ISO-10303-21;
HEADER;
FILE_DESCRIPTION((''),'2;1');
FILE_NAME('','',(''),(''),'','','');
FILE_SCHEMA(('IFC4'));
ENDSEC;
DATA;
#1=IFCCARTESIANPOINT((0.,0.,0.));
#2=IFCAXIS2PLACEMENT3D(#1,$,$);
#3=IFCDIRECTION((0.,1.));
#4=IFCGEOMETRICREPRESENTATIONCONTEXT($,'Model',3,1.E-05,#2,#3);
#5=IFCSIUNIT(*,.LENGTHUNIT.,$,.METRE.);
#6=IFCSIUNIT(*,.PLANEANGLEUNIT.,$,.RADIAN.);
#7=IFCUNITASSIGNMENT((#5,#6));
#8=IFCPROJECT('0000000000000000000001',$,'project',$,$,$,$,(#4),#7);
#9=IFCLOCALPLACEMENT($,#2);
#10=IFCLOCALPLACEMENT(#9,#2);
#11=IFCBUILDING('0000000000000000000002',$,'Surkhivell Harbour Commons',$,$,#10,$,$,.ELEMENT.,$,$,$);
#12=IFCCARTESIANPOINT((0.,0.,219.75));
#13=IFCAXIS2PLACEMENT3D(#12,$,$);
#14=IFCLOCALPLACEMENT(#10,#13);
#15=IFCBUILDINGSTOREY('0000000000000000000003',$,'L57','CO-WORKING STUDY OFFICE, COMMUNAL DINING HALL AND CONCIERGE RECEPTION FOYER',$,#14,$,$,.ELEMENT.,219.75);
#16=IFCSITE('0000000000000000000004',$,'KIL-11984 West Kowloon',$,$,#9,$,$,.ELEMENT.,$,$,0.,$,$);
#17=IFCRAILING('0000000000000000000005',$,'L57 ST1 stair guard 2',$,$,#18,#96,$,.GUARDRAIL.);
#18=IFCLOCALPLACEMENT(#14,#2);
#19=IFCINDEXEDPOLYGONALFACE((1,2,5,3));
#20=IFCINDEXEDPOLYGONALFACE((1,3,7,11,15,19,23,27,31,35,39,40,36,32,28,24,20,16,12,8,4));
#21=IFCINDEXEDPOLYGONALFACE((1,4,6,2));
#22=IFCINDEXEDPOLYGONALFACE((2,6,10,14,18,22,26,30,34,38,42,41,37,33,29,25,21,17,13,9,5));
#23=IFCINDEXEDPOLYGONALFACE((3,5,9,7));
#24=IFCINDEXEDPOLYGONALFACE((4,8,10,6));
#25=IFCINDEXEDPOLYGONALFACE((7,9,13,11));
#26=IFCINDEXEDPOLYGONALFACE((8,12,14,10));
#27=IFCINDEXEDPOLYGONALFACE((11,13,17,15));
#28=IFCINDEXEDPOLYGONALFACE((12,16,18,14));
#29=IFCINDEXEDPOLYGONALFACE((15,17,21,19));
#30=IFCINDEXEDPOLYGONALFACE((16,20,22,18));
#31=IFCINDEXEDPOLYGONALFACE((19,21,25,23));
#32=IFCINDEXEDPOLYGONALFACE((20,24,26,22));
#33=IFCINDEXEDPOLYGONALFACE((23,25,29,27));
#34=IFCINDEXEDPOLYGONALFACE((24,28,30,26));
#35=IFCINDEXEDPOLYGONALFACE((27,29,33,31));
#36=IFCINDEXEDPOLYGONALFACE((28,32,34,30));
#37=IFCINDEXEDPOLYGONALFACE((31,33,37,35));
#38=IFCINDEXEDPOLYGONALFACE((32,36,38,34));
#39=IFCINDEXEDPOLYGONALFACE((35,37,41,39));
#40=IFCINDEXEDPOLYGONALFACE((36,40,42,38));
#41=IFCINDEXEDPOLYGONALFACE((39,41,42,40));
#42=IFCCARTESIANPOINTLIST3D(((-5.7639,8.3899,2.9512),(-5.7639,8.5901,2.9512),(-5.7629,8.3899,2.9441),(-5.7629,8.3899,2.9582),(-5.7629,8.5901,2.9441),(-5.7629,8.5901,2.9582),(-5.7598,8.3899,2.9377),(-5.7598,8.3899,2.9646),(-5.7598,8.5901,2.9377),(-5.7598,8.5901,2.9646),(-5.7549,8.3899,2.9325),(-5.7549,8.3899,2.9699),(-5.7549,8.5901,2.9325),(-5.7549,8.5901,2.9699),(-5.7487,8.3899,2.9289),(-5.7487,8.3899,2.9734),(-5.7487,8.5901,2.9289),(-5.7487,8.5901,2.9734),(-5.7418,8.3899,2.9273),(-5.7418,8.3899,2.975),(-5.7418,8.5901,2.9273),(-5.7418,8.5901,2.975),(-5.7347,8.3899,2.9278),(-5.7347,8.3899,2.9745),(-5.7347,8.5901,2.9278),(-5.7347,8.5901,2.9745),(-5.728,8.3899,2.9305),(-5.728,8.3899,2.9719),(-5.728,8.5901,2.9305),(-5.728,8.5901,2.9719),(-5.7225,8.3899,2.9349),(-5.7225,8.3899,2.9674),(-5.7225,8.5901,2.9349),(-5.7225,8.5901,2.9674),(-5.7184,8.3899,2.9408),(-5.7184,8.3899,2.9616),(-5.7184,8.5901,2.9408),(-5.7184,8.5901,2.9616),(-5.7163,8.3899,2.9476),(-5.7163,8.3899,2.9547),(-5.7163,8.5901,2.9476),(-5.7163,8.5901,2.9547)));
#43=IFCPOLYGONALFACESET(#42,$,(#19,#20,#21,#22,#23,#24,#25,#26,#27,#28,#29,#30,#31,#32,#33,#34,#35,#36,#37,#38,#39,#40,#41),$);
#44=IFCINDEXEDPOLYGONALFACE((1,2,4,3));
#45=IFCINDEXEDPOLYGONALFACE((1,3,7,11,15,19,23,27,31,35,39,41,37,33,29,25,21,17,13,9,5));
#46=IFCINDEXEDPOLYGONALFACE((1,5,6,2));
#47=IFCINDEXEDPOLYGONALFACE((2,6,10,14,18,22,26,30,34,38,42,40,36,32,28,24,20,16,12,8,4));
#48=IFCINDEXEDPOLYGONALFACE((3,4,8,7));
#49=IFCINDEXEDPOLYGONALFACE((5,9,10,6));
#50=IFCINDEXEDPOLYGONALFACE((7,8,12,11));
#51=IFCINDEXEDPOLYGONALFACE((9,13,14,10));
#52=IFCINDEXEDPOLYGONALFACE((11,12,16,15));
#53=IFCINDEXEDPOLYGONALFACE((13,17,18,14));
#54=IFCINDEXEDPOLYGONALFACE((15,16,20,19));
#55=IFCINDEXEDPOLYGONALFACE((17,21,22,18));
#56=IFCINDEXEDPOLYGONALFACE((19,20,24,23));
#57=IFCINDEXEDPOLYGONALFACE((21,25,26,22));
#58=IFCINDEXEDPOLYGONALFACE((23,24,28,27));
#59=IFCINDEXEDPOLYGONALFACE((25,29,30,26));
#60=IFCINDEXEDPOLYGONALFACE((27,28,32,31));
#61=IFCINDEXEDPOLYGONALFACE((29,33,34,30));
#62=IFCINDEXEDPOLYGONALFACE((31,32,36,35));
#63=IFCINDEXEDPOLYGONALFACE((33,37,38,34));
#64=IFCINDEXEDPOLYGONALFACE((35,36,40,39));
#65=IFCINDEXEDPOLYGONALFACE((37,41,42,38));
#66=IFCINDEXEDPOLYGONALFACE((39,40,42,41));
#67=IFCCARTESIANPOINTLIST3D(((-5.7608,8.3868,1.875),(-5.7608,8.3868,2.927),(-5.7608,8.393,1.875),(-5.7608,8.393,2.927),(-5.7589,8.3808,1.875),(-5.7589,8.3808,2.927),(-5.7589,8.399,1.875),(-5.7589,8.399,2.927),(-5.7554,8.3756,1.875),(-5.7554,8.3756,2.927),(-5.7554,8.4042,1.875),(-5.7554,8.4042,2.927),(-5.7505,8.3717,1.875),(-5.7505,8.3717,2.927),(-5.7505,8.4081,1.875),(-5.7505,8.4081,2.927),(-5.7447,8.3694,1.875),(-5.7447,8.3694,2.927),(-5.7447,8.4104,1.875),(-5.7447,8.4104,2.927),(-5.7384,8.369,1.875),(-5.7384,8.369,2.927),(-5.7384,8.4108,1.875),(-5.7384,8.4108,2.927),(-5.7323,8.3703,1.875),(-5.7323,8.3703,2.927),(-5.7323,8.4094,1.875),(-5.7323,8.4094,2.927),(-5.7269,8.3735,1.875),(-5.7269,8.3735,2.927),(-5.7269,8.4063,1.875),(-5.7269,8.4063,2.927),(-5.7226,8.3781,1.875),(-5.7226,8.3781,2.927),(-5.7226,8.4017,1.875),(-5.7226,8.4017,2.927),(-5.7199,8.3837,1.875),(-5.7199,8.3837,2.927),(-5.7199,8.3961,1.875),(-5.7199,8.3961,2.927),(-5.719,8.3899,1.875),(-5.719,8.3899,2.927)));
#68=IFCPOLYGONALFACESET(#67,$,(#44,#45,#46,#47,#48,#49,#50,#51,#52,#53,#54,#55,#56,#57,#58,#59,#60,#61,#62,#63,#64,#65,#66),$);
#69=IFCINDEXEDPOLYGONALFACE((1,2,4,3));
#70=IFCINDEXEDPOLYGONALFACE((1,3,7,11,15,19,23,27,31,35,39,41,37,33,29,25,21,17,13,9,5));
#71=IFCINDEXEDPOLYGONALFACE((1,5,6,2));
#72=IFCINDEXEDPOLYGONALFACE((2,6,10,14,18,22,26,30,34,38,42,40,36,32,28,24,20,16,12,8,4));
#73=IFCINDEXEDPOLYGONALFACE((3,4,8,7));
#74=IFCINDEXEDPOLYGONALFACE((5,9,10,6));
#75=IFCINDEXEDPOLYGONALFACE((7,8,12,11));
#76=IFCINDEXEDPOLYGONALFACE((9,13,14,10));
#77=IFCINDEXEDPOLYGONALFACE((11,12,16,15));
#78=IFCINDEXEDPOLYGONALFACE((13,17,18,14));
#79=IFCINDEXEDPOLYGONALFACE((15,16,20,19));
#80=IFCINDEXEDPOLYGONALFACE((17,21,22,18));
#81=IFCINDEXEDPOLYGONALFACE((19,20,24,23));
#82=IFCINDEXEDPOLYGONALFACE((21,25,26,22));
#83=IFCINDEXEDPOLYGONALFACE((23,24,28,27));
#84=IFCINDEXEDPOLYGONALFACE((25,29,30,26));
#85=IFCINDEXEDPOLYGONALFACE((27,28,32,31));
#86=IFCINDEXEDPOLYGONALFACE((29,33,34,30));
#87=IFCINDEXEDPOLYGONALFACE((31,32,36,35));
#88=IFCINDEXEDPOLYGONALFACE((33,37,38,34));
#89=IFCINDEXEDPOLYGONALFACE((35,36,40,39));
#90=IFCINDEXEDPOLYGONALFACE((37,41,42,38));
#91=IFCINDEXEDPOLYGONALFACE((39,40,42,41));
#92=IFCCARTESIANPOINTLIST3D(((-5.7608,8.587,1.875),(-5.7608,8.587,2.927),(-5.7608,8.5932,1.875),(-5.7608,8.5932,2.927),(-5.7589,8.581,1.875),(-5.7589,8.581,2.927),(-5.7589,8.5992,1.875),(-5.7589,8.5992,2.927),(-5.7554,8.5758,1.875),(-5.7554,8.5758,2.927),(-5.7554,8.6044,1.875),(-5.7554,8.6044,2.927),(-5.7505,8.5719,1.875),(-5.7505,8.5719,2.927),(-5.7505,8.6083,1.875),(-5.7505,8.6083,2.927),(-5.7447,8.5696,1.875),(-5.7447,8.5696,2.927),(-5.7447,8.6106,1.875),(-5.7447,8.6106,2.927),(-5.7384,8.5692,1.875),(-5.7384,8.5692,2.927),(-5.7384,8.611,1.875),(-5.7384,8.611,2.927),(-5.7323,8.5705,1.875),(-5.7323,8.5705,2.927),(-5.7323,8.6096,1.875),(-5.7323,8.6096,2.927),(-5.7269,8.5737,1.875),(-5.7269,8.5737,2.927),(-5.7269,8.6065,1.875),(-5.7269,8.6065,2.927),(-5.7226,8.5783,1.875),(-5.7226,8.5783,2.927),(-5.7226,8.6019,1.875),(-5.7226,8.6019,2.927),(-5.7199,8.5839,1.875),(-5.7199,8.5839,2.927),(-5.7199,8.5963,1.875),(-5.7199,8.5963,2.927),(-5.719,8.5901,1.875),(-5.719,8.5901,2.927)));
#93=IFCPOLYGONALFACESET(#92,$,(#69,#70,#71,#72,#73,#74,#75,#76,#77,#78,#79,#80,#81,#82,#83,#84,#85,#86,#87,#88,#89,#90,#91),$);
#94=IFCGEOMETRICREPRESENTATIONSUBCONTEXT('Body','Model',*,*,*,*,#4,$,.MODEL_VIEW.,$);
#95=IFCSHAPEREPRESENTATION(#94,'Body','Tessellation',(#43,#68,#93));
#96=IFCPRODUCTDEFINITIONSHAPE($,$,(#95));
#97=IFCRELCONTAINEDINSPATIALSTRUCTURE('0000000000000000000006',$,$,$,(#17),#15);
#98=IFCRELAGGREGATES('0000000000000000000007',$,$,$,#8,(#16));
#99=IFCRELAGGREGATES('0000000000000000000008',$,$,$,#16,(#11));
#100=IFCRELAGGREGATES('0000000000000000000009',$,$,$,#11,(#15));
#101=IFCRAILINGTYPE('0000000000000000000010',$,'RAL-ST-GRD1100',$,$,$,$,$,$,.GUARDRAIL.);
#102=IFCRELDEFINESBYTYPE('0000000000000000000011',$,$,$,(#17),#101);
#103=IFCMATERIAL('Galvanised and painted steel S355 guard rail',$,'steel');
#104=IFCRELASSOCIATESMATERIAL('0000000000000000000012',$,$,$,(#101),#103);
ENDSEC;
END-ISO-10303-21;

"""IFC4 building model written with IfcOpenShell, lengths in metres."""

from ifc_helpers import new_model, si_unit, direction, frame, origin, origin_2d, place, context, subcontext, project, spatial, circle, extrude, material, type_object, element, save


model = new_model("IFC4")

# Units and contexts
model_context = context("Model", 3, precision=1e-05, world=origin(), true_north=direction((0.0, 1.0)))
body_context = subcontext(model_context, "Body", "Model", "MODEL_VIEW")
ifc_project = project(units=[si_unit("LENGTHUNIT", "METRE"), si_unit("PLANEANGLEUNIT", "RADIAN")], contexts=[model_context])

# Site, building, storey
site_placement = place(None, origin())
site = spatial("IfcSite", under=ifc_project, at=site_placement, Name="KIL-11984 West Kowloon", CompositionType="ELEMENT", RefElevation=0.0)
building_placement = place(site_placement, origin())
building = spatial("IfcBuilding", under=site, at=building_placement, Name="Surkhivell Harbour Commons", CompositionType="ELEMENT")
storey_placement = place(building_placement, frame((0.0, 0.0, 219.75)))
storey = spatial("IfcBuildingStorey", under=building, at=storey_placement, Name="L57", Description="CO-WORKING STUDY OFFICE, COMMUNAL DINING HALL AND CONCIERGE RECEPTION FOYER", CompositionType="ELEMENT", Elevation=219.75)

# Railing
ifc_material_1 = material(Name="Galvanised and painted steel S355 guard rail", Category="steel")
railing_type_1 = type_object("IfcRailingType", Name="RAL-ST-GRD1100", PredefinedType="GUARDRAIL", material=ifc_material_1)
railing_1_placement = place(storey_placement, frame((-5.74, 8.3899, 1.875)))
element("IfcRailing", 1, at=railing_1_placement, inside=storey, type_object=railing_type_1, Name="L57 ST1 stair guard 2", PredefinedType="GUARDRAIL", context=body_context, shape_type="SweptSolid", body=[
    extrude(circle(Radius=0.0239, at=origin_2d()), frame((0.0, 0.0, 1.0762), z_axis=(0.0, 1.0, 0.0), x_axis=(-1.0, 0.0, 0.0)), (0.0, 0.0, 1.0), 0.2002),
    extrude(circle(Radius=0.021, at=origin_2d()), origin(), (0.0, 0.0, 1.0), 1.052),
    extrude(circle(Radius=0.021, at=origin_2d()), frame((0.0, 0.2002, 0.0)), (0.0, 0.0, 1.0), 1.052),
])

save(model, "model.ifc")
